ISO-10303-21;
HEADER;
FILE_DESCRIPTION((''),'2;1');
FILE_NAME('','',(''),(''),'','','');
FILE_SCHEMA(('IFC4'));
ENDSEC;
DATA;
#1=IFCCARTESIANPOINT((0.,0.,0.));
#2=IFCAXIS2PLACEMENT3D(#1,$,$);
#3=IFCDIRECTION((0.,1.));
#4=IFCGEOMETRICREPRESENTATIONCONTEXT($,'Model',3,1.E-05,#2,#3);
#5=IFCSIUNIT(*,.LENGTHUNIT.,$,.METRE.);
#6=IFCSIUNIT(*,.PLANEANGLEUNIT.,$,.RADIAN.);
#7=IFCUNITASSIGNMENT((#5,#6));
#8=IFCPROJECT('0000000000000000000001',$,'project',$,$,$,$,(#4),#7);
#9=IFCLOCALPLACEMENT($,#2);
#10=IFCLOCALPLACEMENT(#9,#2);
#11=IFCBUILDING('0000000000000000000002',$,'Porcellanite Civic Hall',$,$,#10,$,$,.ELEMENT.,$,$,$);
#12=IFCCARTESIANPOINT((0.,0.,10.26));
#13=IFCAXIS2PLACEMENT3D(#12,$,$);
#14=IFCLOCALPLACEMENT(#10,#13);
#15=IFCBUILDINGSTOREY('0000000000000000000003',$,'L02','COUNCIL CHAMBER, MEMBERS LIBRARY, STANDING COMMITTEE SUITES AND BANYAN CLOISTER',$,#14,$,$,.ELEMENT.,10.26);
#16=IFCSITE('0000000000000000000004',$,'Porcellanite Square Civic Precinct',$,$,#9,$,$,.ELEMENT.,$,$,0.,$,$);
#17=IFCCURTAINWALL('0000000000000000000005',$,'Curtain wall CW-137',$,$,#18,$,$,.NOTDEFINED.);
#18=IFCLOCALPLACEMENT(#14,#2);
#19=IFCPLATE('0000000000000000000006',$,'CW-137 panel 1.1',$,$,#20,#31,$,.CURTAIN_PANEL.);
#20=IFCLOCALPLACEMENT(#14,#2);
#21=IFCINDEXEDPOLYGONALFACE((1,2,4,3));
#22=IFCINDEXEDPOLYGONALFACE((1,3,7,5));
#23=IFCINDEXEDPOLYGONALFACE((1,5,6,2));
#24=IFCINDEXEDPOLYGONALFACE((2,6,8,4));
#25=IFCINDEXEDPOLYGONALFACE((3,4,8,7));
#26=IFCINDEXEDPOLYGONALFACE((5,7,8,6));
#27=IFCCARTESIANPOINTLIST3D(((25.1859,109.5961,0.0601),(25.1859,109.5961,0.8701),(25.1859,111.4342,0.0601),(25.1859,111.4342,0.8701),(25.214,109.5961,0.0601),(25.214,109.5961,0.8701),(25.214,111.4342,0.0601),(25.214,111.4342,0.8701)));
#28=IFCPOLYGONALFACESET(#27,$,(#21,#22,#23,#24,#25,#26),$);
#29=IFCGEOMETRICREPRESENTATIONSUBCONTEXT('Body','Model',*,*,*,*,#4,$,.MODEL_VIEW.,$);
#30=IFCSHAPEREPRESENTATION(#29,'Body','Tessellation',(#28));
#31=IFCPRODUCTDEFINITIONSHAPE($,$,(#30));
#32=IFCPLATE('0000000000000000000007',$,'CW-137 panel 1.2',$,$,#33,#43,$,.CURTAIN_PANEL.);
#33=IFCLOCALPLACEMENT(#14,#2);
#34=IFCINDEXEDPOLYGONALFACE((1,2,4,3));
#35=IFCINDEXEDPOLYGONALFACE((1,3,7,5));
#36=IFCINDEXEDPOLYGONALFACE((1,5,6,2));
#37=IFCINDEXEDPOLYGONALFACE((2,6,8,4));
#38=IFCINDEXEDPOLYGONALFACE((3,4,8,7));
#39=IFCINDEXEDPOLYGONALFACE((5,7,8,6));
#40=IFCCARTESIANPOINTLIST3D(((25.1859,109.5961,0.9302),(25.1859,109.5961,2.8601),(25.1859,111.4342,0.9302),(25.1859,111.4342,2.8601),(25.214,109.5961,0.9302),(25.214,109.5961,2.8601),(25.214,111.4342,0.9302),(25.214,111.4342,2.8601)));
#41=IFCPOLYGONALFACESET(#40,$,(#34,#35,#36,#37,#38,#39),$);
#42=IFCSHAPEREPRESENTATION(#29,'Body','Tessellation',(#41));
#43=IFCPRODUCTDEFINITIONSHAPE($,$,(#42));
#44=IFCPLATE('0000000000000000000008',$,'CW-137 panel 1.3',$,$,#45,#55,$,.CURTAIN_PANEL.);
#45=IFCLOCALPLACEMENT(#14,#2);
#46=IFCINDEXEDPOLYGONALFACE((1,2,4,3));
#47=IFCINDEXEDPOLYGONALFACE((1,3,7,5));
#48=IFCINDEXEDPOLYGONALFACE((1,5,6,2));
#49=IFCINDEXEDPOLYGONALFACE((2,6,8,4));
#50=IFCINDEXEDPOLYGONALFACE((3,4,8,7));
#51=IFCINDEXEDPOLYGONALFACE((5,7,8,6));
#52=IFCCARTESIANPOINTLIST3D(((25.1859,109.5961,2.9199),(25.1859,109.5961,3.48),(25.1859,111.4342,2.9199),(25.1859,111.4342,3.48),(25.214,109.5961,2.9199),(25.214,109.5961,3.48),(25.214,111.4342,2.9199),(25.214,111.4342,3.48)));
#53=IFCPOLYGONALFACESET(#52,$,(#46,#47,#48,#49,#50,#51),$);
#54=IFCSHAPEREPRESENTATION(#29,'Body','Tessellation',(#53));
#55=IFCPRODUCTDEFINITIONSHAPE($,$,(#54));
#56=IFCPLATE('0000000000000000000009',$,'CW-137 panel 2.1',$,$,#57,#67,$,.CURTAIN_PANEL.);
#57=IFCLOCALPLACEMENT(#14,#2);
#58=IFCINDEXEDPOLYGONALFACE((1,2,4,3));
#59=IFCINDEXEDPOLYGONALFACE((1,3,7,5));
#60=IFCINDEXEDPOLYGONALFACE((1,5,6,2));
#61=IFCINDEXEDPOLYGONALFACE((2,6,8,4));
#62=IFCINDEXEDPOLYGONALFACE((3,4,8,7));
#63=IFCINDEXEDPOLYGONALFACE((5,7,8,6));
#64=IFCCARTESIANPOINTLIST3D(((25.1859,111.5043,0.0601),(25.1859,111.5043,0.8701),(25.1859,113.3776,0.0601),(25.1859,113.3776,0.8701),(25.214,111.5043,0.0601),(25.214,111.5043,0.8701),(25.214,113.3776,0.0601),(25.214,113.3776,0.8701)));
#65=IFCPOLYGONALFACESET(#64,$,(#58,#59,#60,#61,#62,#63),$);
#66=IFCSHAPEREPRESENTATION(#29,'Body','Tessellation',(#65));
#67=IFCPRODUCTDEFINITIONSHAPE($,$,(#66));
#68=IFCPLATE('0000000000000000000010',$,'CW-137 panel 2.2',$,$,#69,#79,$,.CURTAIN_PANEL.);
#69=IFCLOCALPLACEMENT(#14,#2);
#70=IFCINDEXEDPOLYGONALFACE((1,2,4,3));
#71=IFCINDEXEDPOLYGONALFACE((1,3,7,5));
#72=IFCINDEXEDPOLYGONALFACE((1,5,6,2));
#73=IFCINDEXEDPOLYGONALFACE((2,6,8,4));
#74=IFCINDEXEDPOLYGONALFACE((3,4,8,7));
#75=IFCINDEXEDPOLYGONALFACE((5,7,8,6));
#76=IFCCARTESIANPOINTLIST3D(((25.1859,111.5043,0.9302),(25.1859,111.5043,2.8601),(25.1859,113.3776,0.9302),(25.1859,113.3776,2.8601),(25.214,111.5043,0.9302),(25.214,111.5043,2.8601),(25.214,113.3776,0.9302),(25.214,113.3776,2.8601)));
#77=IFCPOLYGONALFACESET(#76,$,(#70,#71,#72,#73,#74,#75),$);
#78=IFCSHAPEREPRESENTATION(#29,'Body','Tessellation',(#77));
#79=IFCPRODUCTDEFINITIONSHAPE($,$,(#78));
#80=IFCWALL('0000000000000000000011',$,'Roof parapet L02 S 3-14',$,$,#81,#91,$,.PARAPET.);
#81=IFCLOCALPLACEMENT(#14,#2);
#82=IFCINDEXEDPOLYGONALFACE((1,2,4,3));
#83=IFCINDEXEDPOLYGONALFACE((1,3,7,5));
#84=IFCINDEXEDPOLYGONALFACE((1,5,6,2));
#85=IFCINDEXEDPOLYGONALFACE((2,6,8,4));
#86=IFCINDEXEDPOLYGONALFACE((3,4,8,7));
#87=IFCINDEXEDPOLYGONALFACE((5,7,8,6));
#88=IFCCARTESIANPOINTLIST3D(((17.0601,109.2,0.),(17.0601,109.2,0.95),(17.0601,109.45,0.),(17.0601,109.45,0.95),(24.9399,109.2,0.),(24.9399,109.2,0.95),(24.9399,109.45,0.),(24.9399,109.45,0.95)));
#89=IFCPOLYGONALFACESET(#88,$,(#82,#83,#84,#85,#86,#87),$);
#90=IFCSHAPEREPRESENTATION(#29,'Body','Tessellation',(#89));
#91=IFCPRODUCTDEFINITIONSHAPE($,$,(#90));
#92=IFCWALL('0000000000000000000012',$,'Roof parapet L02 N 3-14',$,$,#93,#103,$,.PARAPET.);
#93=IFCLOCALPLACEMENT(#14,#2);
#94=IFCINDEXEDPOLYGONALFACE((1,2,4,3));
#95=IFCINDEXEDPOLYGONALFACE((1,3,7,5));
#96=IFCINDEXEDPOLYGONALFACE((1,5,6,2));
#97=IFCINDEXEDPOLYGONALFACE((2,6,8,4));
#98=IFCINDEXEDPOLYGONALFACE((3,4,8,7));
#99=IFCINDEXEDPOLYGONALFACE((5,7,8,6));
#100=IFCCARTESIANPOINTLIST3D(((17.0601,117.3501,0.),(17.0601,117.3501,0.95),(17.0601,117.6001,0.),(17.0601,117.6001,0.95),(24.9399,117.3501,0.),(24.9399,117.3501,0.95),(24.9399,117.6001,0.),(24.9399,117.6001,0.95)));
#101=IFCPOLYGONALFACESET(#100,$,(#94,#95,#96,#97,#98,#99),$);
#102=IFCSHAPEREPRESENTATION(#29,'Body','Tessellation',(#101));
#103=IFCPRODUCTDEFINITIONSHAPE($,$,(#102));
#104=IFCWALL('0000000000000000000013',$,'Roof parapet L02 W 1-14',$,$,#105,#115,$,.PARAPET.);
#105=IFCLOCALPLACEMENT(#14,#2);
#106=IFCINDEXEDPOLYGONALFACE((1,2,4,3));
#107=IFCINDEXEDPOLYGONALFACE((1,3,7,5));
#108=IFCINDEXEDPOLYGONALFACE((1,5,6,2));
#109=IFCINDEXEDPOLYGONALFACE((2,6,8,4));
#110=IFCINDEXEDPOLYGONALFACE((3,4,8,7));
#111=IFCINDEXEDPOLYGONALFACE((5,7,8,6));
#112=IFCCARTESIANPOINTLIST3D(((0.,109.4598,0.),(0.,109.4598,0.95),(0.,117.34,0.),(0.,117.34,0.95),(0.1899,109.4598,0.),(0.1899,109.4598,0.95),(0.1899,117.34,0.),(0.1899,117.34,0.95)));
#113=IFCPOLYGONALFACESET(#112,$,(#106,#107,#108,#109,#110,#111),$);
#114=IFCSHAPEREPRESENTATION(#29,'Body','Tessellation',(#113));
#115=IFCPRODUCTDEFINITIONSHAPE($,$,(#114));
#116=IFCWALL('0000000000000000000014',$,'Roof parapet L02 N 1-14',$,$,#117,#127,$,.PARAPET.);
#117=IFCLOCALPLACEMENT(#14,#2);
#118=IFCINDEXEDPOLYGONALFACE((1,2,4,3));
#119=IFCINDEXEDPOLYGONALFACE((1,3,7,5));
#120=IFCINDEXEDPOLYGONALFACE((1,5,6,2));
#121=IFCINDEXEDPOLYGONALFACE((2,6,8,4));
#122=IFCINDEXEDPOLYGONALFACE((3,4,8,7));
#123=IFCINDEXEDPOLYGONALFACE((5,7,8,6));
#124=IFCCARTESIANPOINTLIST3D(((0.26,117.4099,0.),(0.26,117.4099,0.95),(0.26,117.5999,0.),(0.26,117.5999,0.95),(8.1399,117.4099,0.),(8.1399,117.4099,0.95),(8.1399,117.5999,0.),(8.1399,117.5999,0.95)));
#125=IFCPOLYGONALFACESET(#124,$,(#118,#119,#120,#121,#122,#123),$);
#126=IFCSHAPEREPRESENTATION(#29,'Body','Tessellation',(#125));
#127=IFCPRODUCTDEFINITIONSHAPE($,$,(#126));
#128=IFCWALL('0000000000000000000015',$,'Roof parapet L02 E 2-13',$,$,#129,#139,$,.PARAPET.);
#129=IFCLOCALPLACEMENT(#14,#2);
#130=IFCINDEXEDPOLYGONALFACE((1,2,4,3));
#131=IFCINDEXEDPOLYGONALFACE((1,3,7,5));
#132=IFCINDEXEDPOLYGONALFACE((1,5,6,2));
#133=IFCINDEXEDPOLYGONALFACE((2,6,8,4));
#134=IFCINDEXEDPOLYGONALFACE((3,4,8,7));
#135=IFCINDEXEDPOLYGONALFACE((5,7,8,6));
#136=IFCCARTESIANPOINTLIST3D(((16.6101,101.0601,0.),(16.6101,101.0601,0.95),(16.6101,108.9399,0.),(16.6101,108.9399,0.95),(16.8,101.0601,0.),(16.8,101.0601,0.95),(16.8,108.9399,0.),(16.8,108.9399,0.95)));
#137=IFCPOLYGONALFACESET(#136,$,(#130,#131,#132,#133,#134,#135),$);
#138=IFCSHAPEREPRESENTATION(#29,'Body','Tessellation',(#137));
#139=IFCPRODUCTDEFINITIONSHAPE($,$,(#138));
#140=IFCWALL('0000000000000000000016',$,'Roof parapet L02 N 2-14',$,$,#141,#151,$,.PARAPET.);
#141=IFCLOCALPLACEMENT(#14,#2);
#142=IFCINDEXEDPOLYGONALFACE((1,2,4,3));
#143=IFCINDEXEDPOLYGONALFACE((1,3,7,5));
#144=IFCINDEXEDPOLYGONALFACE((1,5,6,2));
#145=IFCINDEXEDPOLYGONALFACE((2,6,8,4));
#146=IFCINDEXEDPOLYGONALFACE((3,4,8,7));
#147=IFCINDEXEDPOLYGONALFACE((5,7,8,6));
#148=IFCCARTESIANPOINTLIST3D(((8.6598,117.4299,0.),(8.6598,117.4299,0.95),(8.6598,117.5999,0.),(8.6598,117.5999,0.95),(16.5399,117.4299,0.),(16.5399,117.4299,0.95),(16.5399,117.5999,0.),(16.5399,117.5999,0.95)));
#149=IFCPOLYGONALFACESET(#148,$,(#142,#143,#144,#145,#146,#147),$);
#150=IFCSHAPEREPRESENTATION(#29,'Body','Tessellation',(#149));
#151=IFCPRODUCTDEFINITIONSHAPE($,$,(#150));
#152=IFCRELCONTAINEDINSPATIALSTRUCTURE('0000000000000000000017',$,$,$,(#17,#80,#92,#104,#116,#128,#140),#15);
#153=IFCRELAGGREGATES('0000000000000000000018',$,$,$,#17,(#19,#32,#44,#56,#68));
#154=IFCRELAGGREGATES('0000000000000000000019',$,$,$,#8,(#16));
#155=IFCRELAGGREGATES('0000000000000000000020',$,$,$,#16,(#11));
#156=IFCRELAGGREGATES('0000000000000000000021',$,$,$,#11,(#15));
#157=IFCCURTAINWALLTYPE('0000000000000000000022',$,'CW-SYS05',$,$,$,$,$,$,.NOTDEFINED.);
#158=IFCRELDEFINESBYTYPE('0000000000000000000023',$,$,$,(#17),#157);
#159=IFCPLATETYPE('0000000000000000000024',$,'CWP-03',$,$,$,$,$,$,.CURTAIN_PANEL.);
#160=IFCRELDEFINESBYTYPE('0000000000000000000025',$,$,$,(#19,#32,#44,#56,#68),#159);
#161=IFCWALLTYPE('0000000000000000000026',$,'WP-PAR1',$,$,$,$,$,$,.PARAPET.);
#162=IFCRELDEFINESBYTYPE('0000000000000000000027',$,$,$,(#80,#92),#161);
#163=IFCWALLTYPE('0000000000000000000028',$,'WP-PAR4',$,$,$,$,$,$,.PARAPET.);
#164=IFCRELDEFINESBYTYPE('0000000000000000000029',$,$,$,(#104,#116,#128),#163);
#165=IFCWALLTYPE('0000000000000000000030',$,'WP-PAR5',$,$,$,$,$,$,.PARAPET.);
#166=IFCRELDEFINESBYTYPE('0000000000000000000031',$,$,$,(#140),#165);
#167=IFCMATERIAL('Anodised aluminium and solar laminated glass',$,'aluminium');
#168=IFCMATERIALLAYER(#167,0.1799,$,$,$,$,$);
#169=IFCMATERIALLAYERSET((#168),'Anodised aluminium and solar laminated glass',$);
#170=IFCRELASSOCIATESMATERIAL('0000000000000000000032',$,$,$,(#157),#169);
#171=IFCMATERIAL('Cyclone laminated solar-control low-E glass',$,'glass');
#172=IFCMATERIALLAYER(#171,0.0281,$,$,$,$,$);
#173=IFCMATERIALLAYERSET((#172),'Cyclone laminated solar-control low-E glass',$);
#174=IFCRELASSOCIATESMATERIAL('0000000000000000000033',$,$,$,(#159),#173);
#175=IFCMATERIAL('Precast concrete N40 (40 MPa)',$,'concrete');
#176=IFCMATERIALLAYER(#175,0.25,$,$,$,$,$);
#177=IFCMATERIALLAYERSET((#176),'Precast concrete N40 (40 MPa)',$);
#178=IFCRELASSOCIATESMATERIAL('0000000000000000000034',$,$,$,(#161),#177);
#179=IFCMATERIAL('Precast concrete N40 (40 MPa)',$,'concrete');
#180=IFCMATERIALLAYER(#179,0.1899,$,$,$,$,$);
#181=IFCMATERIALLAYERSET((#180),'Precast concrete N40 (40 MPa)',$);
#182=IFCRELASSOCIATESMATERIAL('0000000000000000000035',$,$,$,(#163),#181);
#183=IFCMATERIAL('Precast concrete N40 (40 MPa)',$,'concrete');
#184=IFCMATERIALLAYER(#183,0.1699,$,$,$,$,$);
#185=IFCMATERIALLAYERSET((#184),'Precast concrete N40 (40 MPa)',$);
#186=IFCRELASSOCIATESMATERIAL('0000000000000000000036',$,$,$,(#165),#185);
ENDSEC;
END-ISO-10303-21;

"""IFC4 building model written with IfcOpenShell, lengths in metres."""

from ifc_helpers import new_model, si_unit, direction, frame, frame_2d, origin, origin_2d, place, context, subcontext, project, spatial, rectangle, extrude, material, layer, layer_set, type_object, element, aggregate, save


model = new_model("IFC4")

# Units and contexts
model_context = context("Model", 3, precision=1e-05, world=origin(), true_north=direction((0.0, 1.0)))
body_context = subcontext(model_context, "Body", "Model", "MODEL_VIEW")
ifc_project = project(units=[si_unit("LENGTHUNIT", "METRE"), si_unit("PLANEANGLEUNIT", "RADIAN")], contexts=[model_context])

# Site, building, storey
site_placement = place(None, origin())
site = spatial("IfcSite", under=ifc_project, at=site_placement, Name="Porcellanite Square Civic Precinct", CompositionType="ELEMENT", RefElevation=0.0)
building_placement = place(site_placement, origin())
building = spatial("IfcBuilding", under=site, at=building_placement, Name="Porcellanite Civic Hall", CompositionType="ELEMENT")
storey_placement = place(building_placement, frame((0.0, 0.0, 10.26)))
storey = spatial("IfcBuildingStorey", under=building, at=storey_placement, Name="L02", Description="COUNCIL CHAMBER, MEMBERS LIBRARY, STANDING COMMITTEE SUITES AND BANYAN CLOISTER", CompositionType="ELEMENT", Elevation=10.26)

# Curtain wall
ifc_material_1 = material(Name="Anodised aluminium and solar laminated glass", Category="aluminium")
ifc_layer_1 = layer(ifc_material_1, 0.1799)
ifc_layer_set_1 = layer_set([ifc_layer_1], Name="Anodised aluminium and solar laminated glass")
curtain_wall_type = type_object("IfcCurtainWallType", Name="CW-SYS05", PredefinedType="NOTDEFINED", material=ifc_layer_set_1)
curtain_wall_placement = place(storey_placement, origin())
curtain_wall = element("IfcCurtainWall", 1, at=curtain_wall_placement, inside=storey, type_object=curtain_wall_type, Name="Curtain wall CW-137", PredefinedType="NOTDEFINED")

# Plates
ifc_material_2 = material(Name="Cyclone laminated solar-control low-E glass", Category="glass")
ifc_layer_2 = layer(ifc_material_2, 0.0281)
ifc_layer_set_2 = layer_set([ifc_layer_2], Name="Cyclone laminated solar-control low-E glass")
plate_type = type_object("IfcPlateType", Name="CWP-03", PredefinedType="CURTAIN_PANEL", material=ifc_layer_set_2)
plate_1_placement = place(storey_placement, frame((25.2, 110.5151, 0.0601), z_axis=(0.0, 0.0, 1.0), x_axis=(0.0, 1.0, 0.0)))
plate_1 = element("IfcPlate", 2, at=plate_1_placement, type_object=plate_type, Name="CW-137 panel 1.1", PredefinedType="CURTAIN_PANEL", context=body_context, shape_type="SweptSolid", body=[
    extrude(rectangle(XDim=1.8381, YDim=0.0281, at=origin_2d()), origin(), (0.0, 0.0, 1.0), 0.8101),
])
plate_2_placement = place(storey_placement, frame((25.2, 110.5151, 0.9302), z_axis=(0.0, 0.0, 1.0), x_axis=(0.0, 1.0, 0.0)))
plate_2 = element("IfcPlate", 3, at=plate_2_placement, type_object=plate_type, Name="CW-137 panel 1.2", PredefinedType="CURTAIN_PANEL", context=body_context, shape_type="SweptSolid", body=[
    extrude(rectangle(XDim=1.8381, YDim=0.0281, at=origin_2d()), origin(), (0.0, 0.0, 1.0), 1.9299),
])
plate_3_placement = place(storey_placement, frame((25.2, 110.5151, 2.9199), z_axis=(0.0, 0.0, 1.0), x_axis=(0.0, 1.0, 0.0)))
plate_3 = element("IfcPlate", 4, at=plate_3_placement, type_object=plate_type, Name="CW-137 panel 1.3", PredefinedType="CURTAIN_PANEL", context=body_context, shape_type="SweptSolid", body=[
    extrude(rectangle(XDim=1.8381, YDim=0.0281, at=origin_2d()), origin(), (0.0, 0.0, 1.0), 0.5601),
])
plate_4_placement = place(storey_placement, frame((25.2, 112.4409, 0.0601), z_axis=(0.0, 0.0, 1.0), x_axis=(0.0, 1.0, 0.0)))
plate_4 = element("IfcPlate", 5, at=plate_4_placement, type_object=plate_type, Name="CW-137 panel 2.1", PredefinedType="CURTAIN_PANEL", context=body_context, shape_type="SweptSolid", body=[
    extrude(rectangle(XDim=1.8733, YDim=0.0281, at=origin_2d()), origin(), (0.0, 0.0, 1.0), 0.8101),
])
plate_5_placement = place(storey_placement, frame((25.2, 112.4409, 0.9302), z_axis=(0.0, 0.0, 1.0), x_axis=(0.0, 1.0, 0.0)))
plate_5 = element("IfcPlate", 6, at=plate_5_placement, type_object=plate_type, Name="CW-137 panel 2.2", PredefinedType="CURTAIN_PANEL", context=body_context, shape_type="SweptSolid", body=[
    extrude(rectangle(XDim=1.8733, YDim=0.0281, at=origin_2d()), origin(), (0.0, 0.0, 1.0), 1.9299),
])
aggregate(curtain_wall, [plate_1, plate_2, plate_3, plate_4, plate_5])

# Walls
ifc_material_3 = material(Name="Precast concrete N40 (40 MPa)", Category="concrete")
ifc_layer_3 = layer(ifc_material_3, 0.25)
ifc_layer_set_3 = layer_set([ifc_layer_3], Name="Precast concrete N40 (40 MPa)")
wall_type_1 = type_object("IfcWallType", Name="WP-PAR1", PredefinedType="PARAPET", material=ifc_layer_set_3)
for number, where, z_axis, x_axis, name in (
    (7, (24.9399, 109.325, 0.0), (0.0, 0.0, 1.0), (-1.0, 0.0, 0.0), "Roof parapet L02 S 3-14"),
    (8, (17.0601, 117.4751, 0.0), (0.0, 0.0, 1.0), (1.0, 0.0, 0.0), "Roof parapet L02 N 3-14"),
):
    element("IfcWall", number, at=place(storey_placement, frame(where, z_axis=z_axis, x_axis=x_axis)), inside=storey, type_object=wall_type_1, Name=name, PredefinedType="PARAPET", context=body_context, shape_type="SweptSolid", body=[
        extrude(rectangle(XDim=7.8799, YDim=0.25, at=frame_2d((3.9399, 0.0))), origin(), (0.0, 0.0, 1.0), 0.95),
    ])
ifc_material_4 = material(Name="Precast concrete N40 (40 MPa)", Category="concrete")
ifc_layer_4 = layer(ifc_material_4, 0.1899)
ifc_layer_set_4 = layer_set([ifc_layer_4], Name="Precast concrete N40 (40 MPa)")
wall_type_2 = type_object("IfcWallType", Name="WP-PAR4", PredefinedType="PARAPET", material=ifc_layer_set_4)
wall_1_placement = place(storey_placement, frame((0.095, 109.46, 0.0), z_axis=(0.0, 0.0, 1.0), x_axis=(0.0, 1.0, 0.0)))
element("IfcWall", 9, at=wall_1_placement, inside=storey, type_object=wall_type_2, Name="Roof parapet L02 W 1-14", PredefinedType="PARAPET", context=body_context, shape_type="SweptSolid", body=[
    extrude(rectangle(XDim=7.8801, YDim=0.1899, at=frame_2d((3.9399, 0.0))), origin(), (0.0, 0.0, 1.0), 0.95),
])
for number, where, z_axis, x_axis, name in (
    (10, (0.26, 117.5049, 0.0), (0.0, 0.0, 1.0), (1.0, 0.0, 0.0), "Roof parapet L02 N 1-14"),
    (11, (16.7051, 108.9399, 0.0), (0.0, 0.0, 1.0), (0.0, -1.0, 0.0), "Roof parapet L02 E 2-13"),
):
    element("IfcWall", number, at=place(storey_placement, frame(where, z_axis=z_axis, x_axis=x_axis)), inside=storey, type_object=wall_type_2, Name=name, PredefinedType="PARAPET", context=body_context, shape_type="SweptSolid", body=[
        extrude(rectangle(XDim=7.8799, YDim=0.1899, at=frame_2d((3.9399, 0.0))), origin(), (0.0, 0.0, 1.0), 0.95),
    ])
ifc_material_5 = material(Name="Precast concrete N40 (40 MPa)", Category="concrete")
ifc_layer_5 = layer(ifc_material_5, 0.1699)
ifc_layer_set_5 = layer_set([ifc_layer_5], Name="Precast concrete N40 (40 MPa)")
wall_type_3 = type_object("IfcWallType", Name="WP-PAR5", PredefinedType="PARAPET", material=ifc_layer_set_5)
wall_2_placement = place(storey_placement, frame((8.6599, 117.5149, 0.0), z_axis=(0.0, 0.0, 1.0), x_axis=(1.0, 0.0, 0.0)))
element("IfcWall", 12, at=wall_2_placement, inside=storey, type_object=wall_type_3, Name="Roof parapet L02 N 2-14", PredefinedType="PARAPET", context=body_context, shape_type="SweptSolid", body=[
    extrude(rectangle(XDim=7.8801, YDim=0.1699, at=frame_2d((3.9399, 0.0))), origin(), (0.0, 0.0, 1.0), 0.95),
])

save(model, "model.ifc")
